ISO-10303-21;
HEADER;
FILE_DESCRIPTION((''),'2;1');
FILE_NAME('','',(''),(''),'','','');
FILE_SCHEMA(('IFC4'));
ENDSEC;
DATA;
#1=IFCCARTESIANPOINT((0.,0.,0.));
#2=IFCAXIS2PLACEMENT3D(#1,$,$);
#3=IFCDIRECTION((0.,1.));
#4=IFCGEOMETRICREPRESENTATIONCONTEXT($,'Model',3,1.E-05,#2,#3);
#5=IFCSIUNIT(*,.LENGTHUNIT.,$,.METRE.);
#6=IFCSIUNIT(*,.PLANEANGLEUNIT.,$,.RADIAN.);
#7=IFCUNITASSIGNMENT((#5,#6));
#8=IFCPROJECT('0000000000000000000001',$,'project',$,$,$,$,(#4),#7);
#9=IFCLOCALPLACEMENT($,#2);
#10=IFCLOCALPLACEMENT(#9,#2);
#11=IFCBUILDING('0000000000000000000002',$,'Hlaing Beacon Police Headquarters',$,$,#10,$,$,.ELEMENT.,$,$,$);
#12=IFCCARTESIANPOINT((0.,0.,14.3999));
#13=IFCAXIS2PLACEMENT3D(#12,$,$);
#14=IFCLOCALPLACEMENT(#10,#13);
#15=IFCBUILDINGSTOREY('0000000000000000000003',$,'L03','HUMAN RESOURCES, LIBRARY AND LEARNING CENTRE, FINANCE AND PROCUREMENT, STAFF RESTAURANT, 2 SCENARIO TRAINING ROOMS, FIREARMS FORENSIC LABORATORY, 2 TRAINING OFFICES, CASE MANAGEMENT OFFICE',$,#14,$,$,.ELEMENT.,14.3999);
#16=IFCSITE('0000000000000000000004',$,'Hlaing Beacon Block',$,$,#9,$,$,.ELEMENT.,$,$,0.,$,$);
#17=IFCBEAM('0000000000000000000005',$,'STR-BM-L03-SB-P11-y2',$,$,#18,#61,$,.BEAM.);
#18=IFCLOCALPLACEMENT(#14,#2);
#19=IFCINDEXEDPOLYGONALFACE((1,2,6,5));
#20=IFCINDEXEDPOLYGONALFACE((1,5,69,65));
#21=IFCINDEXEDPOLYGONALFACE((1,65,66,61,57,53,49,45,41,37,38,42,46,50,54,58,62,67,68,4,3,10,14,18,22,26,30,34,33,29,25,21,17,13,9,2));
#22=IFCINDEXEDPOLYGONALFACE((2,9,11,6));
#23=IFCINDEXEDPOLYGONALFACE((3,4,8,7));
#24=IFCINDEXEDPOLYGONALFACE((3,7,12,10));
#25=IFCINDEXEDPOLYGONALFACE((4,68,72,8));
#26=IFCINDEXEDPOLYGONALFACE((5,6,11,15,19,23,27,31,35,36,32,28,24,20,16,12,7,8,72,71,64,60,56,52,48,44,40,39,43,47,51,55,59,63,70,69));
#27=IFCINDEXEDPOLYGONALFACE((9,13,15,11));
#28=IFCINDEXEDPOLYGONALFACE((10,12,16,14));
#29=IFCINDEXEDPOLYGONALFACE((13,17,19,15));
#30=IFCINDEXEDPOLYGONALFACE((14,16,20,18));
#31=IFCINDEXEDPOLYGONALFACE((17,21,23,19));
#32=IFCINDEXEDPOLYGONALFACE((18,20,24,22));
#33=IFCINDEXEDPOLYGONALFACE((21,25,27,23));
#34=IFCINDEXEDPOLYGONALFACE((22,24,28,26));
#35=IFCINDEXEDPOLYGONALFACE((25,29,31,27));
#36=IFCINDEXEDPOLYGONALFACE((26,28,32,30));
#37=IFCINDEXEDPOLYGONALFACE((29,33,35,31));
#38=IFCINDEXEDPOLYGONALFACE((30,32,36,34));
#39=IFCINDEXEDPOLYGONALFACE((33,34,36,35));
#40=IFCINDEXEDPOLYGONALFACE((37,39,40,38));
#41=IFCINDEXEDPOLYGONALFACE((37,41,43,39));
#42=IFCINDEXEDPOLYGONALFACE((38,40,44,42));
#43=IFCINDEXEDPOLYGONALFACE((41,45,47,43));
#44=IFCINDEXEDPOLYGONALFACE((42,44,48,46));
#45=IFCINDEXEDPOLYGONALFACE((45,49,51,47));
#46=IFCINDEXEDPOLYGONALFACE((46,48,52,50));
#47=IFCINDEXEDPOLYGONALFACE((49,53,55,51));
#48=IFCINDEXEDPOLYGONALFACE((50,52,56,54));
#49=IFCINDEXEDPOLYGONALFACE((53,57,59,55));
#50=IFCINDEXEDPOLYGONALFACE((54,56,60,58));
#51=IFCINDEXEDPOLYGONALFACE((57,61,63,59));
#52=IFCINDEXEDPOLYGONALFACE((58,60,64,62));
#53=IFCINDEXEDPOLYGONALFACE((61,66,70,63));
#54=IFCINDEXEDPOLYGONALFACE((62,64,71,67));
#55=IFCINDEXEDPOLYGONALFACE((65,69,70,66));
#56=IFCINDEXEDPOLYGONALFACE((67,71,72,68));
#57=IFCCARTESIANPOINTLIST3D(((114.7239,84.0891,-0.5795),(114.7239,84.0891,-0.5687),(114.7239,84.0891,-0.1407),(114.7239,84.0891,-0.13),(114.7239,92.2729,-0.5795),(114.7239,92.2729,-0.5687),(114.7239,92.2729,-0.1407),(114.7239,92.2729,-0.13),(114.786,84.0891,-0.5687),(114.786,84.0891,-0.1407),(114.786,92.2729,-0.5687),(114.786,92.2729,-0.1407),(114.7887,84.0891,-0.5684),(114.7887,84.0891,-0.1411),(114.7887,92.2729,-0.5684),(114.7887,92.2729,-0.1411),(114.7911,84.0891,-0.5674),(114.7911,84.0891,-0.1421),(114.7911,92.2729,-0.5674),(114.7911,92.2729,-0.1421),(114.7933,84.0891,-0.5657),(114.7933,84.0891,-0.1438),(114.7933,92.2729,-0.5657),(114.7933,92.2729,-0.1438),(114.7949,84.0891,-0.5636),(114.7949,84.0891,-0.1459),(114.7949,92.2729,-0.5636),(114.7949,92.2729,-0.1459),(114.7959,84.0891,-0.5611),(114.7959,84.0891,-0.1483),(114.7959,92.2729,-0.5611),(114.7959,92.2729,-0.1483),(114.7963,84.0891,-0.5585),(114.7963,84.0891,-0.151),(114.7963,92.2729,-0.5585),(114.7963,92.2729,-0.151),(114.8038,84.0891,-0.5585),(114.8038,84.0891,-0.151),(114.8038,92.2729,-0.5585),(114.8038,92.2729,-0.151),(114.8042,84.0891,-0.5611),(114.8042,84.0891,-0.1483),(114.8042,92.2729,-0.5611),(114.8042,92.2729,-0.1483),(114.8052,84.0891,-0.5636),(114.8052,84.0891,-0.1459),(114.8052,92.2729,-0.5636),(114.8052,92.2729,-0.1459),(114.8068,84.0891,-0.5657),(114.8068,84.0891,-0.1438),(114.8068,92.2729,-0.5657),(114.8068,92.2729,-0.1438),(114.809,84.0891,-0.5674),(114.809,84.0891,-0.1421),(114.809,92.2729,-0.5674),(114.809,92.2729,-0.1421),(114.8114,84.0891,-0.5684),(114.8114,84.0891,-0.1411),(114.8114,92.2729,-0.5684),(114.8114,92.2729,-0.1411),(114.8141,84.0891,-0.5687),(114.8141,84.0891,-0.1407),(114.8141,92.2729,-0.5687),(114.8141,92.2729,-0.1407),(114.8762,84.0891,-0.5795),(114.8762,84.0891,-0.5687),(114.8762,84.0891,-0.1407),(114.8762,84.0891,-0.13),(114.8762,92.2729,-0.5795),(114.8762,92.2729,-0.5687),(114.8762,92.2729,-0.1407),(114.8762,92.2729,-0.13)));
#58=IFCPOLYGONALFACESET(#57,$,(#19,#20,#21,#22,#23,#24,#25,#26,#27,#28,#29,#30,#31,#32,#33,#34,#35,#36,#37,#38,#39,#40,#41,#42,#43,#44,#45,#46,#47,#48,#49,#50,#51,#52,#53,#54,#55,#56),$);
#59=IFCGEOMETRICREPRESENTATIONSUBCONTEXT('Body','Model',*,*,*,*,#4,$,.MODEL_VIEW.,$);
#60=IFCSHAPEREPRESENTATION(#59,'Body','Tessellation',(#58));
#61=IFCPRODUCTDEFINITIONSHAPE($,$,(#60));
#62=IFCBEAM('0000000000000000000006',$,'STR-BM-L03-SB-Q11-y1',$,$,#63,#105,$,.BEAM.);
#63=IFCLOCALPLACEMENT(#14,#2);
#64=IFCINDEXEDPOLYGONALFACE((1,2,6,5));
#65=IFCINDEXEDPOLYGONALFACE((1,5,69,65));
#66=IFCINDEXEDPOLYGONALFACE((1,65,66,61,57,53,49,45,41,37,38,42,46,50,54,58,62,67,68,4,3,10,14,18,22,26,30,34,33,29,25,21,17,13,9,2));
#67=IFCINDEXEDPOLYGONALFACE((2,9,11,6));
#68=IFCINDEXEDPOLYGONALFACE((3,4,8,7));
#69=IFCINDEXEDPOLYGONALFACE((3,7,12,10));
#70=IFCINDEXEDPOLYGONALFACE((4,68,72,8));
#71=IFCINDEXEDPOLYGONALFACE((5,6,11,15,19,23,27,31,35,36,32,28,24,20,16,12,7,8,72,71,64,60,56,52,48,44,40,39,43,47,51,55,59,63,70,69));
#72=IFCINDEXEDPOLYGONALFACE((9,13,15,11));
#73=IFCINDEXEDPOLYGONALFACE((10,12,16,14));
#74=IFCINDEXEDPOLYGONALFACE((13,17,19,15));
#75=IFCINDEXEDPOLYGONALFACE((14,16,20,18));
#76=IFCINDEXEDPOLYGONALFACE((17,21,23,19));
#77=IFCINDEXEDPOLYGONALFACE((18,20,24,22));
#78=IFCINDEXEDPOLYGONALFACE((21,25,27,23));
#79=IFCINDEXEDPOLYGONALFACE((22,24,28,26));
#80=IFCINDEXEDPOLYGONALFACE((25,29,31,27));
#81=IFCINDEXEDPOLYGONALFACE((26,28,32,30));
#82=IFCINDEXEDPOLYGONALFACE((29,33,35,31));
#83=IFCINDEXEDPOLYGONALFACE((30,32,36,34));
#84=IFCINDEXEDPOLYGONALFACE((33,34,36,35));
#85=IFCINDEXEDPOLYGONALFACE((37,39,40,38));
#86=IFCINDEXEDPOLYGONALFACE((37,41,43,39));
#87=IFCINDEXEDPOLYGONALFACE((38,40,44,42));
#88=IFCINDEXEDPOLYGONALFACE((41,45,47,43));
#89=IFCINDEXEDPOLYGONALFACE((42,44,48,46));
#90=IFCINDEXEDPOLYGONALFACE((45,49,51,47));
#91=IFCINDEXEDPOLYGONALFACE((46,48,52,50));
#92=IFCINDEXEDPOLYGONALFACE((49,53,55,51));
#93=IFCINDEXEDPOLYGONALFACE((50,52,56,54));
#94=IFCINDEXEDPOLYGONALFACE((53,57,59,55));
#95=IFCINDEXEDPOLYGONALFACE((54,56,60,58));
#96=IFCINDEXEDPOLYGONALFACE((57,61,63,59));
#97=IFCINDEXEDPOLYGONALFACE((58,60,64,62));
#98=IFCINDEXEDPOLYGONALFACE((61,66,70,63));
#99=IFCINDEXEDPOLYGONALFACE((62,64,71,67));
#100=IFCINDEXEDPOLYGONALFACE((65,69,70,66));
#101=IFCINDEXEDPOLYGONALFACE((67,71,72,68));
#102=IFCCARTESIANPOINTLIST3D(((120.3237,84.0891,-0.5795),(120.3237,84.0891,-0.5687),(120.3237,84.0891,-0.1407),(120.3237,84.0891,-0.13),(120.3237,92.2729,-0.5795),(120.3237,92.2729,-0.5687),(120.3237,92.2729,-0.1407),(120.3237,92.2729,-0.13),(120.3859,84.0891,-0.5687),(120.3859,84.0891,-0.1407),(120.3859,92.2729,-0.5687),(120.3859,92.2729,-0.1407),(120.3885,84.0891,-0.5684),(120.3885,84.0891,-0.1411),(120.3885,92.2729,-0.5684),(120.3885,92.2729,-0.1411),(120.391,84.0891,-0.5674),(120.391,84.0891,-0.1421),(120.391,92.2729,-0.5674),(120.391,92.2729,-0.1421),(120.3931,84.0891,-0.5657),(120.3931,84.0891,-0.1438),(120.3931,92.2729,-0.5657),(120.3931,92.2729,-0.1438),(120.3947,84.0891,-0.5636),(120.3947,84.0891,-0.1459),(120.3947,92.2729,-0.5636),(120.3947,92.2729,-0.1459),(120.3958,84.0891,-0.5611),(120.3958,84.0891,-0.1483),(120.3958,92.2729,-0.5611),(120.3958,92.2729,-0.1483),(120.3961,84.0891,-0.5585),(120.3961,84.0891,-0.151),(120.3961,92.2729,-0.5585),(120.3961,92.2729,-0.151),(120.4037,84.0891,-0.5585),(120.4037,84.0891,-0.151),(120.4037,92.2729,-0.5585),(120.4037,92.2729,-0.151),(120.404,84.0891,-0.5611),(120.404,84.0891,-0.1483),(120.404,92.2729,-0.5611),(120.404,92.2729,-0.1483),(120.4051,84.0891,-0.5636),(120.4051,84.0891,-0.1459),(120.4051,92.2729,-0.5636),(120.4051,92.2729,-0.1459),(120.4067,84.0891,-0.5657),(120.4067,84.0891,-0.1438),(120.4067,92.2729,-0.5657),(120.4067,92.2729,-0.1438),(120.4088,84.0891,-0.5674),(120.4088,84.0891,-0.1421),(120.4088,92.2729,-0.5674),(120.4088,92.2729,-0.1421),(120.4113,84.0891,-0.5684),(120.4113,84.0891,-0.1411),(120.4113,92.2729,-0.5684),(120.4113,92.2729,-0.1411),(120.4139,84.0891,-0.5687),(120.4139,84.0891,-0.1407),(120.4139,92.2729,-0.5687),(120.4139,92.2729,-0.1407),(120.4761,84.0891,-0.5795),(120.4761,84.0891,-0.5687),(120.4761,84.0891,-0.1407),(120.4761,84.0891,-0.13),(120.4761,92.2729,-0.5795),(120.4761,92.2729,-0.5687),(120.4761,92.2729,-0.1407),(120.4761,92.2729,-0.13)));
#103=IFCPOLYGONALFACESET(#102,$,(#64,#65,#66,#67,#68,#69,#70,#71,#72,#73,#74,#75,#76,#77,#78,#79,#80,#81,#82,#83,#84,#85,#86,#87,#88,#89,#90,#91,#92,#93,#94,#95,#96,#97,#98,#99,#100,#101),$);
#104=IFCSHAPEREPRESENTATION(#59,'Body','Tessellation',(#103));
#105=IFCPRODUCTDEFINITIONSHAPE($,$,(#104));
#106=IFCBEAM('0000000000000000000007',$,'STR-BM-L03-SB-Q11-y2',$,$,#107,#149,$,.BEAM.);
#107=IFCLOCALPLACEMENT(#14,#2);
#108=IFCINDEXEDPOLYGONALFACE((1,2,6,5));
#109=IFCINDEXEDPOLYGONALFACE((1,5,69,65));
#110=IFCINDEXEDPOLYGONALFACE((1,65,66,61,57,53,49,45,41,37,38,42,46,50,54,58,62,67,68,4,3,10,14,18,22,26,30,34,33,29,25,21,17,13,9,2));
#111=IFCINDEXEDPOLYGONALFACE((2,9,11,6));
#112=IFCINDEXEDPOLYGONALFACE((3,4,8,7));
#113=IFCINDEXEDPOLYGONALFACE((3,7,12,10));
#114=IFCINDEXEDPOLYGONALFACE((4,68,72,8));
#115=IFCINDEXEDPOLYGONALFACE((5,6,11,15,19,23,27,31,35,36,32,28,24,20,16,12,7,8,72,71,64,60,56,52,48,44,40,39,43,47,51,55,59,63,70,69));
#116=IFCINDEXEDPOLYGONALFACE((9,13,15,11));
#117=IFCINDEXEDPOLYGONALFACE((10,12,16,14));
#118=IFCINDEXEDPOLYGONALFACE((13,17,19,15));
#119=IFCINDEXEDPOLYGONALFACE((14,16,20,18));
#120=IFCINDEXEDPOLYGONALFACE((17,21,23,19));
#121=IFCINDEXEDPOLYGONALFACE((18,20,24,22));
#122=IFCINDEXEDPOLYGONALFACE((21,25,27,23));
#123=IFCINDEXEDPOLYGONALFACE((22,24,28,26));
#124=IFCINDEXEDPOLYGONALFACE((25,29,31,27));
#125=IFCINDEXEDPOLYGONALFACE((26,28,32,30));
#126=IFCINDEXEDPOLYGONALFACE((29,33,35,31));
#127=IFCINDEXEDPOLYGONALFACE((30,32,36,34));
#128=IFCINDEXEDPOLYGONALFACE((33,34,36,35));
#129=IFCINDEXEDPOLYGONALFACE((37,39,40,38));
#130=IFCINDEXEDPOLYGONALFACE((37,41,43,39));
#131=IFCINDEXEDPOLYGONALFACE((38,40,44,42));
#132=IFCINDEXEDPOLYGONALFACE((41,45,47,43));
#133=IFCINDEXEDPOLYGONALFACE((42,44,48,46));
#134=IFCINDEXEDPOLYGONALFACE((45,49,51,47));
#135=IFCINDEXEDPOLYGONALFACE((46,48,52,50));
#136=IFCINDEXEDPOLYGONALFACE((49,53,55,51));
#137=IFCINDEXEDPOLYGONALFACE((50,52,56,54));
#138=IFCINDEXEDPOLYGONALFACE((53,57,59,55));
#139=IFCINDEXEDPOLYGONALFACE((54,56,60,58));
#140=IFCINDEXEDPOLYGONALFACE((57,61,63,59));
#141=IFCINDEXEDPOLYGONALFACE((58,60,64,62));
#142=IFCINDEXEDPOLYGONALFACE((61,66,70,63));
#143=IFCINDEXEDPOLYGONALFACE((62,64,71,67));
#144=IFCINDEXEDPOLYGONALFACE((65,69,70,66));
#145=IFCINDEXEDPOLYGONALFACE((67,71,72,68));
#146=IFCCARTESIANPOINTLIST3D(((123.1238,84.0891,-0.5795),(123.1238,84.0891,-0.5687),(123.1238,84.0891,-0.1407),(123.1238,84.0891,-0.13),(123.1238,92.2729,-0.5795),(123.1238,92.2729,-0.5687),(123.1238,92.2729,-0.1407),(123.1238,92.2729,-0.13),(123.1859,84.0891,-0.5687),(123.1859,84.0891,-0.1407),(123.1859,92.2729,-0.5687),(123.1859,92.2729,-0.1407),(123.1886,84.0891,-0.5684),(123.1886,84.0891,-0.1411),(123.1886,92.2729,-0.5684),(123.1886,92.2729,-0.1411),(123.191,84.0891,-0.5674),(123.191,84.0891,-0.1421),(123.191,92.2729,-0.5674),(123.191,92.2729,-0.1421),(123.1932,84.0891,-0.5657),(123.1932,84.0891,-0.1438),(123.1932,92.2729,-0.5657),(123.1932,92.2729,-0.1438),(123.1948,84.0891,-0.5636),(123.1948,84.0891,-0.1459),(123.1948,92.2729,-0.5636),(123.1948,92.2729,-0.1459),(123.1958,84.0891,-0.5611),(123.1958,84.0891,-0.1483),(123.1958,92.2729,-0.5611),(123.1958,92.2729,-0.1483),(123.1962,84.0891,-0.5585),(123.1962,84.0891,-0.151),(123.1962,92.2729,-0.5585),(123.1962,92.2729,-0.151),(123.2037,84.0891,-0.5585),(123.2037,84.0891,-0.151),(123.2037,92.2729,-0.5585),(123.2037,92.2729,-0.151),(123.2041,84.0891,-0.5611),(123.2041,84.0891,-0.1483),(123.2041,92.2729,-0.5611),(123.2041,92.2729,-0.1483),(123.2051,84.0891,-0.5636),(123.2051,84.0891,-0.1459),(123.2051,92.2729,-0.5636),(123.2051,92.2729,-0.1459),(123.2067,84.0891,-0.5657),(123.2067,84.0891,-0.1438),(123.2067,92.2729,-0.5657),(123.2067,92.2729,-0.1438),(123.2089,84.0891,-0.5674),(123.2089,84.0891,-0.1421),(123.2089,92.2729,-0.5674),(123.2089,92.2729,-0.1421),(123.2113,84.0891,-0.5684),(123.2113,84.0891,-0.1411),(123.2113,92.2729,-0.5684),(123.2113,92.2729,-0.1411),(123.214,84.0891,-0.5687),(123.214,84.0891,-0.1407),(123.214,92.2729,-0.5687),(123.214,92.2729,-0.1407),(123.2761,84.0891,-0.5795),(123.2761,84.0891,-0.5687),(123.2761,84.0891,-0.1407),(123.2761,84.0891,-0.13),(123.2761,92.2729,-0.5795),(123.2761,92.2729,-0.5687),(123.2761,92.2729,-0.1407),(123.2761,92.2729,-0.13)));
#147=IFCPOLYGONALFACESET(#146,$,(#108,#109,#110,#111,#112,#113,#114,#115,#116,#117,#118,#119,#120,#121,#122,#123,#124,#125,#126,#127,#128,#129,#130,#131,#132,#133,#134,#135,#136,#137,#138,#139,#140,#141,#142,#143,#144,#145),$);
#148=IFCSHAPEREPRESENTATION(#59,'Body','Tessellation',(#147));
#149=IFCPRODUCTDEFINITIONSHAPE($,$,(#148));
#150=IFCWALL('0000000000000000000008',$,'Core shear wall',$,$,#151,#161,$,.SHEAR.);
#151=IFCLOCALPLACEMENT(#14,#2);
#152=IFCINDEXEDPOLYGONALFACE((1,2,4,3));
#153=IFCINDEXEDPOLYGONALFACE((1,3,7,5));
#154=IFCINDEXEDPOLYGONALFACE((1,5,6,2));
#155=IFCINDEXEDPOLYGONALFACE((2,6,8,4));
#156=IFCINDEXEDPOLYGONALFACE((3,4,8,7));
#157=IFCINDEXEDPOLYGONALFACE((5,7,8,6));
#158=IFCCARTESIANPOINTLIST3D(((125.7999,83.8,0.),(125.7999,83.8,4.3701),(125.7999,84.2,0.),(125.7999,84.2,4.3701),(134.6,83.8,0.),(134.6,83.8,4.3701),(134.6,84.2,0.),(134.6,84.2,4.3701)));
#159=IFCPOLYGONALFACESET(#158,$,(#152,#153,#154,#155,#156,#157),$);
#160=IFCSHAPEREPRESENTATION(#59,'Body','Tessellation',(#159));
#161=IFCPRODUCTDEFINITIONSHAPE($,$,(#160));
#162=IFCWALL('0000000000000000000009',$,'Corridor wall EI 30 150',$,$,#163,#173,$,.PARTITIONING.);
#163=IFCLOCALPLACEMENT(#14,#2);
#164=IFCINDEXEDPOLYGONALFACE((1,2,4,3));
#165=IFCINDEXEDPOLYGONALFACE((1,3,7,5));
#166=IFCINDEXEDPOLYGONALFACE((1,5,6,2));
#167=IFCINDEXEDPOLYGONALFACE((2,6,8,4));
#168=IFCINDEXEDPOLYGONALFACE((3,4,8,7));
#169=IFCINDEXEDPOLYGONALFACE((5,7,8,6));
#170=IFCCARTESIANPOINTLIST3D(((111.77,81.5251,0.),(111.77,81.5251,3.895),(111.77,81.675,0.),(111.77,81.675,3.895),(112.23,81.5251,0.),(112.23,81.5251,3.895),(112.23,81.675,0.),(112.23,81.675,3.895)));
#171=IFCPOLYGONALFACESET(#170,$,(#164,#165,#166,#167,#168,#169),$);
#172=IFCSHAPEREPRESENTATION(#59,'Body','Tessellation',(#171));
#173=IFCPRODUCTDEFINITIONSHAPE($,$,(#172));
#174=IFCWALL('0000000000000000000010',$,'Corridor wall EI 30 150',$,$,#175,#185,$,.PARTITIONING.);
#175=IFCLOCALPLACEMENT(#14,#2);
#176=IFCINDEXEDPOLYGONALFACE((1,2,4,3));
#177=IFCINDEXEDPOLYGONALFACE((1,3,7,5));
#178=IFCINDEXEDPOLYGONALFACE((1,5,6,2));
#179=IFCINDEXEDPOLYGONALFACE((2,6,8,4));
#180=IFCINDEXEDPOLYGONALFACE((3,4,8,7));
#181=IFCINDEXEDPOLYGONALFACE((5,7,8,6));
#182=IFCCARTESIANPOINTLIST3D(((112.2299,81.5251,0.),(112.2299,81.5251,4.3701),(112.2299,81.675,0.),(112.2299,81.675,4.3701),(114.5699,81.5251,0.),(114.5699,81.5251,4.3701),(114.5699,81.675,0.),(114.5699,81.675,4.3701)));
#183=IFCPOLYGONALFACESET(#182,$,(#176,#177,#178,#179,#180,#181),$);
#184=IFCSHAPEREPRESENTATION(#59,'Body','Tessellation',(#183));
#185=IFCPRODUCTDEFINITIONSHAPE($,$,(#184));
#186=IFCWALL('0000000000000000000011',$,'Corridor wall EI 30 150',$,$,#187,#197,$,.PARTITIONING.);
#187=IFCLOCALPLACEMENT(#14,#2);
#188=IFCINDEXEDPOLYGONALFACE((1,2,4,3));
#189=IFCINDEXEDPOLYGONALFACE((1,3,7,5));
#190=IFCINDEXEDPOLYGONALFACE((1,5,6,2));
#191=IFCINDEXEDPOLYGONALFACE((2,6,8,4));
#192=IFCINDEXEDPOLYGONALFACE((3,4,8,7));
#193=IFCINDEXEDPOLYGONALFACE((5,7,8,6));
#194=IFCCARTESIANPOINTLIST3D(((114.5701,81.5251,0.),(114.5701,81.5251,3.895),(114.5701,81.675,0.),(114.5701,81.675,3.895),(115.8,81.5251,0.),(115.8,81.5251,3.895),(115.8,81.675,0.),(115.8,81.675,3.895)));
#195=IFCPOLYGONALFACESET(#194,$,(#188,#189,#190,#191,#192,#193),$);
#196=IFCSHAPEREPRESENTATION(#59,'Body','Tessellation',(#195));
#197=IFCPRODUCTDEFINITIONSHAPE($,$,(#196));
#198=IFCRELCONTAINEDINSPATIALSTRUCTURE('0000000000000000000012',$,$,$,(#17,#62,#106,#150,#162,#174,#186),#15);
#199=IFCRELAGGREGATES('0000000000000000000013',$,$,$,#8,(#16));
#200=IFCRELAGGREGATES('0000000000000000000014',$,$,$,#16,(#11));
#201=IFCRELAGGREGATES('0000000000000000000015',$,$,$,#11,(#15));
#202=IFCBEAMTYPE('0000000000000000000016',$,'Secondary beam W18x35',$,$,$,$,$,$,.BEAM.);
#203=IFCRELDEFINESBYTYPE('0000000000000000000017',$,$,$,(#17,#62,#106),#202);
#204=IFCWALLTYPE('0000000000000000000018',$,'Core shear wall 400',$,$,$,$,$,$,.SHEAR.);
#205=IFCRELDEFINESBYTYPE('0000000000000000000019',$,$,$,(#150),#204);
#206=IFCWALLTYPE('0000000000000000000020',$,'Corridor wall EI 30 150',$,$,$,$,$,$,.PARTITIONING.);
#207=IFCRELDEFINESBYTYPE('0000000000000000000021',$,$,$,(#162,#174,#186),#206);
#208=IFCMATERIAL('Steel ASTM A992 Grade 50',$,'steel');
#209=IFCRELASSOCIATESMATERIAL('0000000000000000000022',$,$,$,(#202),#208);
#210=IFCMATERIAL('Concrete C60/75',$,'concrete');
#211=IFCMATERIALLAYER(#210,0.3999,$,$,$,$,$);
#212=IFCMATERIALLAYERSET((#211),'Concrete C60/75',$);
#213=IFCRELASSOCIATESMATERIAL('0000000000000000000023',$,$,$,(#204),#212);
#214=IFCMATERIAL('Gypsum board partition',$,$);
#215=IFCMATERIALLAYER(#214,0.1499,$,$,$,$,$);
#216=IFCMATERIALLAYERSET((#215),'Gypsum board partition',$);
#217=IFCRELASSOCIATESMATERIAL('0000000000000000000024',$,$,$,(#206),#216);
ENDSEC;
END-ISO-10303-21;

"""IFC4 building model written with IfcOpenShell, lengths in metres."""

from ifc_helpers import new_model, si_unit, direction, frame, frame_2d, origin, origin_2d, place, context, subcontext, project, spatial, rectangle, i_section, extrude, material, layer, layer_set, material_profile, profile_set, type_object, element, save


model = new_model("IFC4")

# Units and contexts
model_context = context("Model", 3, precision=1e-05, world=origin(), true_north=direction((0.0, 1.0)))
body_context = subcontext(model_context, "Body", "Model", "MODEL_VIEW")
ifc_project = project(units=[si_unit("LENGTHUNIT", "METRE"), si_unit("PLANEANGLEUNIT", "RADIAN")], contexts=[model_context])

# Site, building, storey
site_placement = place(None, origin())
site = spatial("IfcSite", under=ifc_project, at=site_placement, Name="Hlaing Beacon Block", CompositionType="ELEMENT", RefElevation=0.0)
building_placement = place(site_placement, origin())
building = spatial("IfcBuilding", under=site, at=building_placement, Name="Hlaing Beacon Police Headquarters", CompositionType="ELEMENT")
storey_placement = place(building_placement, frame((0.0, 0.0, 14.3999)))
storey = spatial("IfcBuildingStorey", under=building, at=storey_placement, Name="L03", Description="HUMAN RESOURCES, LIBRARY AND LEARNING CENTRE, FINANCE AND PROCUREMENT, STAFF RESTAURANT, 2 SCENARIO TRAINING ROOMS, FIREARMS FORENSIC LABORATORY, 2 TRAINING OFFICES, CASE MANAGEMENT OFFICE", CompositionType="ELEMENT", Elevation=14.3999)

# Beams
ifc_material_1 = material(Name="Steel ASTM A992 Grade 50", Category="steel")
ifc_material_profile_1 = material_profile(ifc_material_1, i_section(OverallWidth=0.1523, OverallDepth=0.4495, WebThickness=0.0076, FlangeThickness=0.0107, FilletRadius=0.0103, at=origin_2d()), Name="W18x35")
ifc_profile_set_1 = profile_set([ifc_material_profile_1], Name="Steel ASTM A992 Grade 50")
beam_type_1 = type_object("IfcBeamType", Name="Secondary beam W18x35", PredefinedType="BEAM", material=ifc_profile_set_1)
for number, where, z_axis, x_axis, name in (
    (1, (114.8, 84.0891, -0.3547), (0.0, 1.0, 0.0), (-1.0, 0.0, 0.0), "STR-BM-L03-SB-P11-y2"),
    (2, (120.3999, 84.0891, -0.3547), (0.0, 1.0, 0.0), (-1.0, 0.0, 0.0), "STR-BM-L03-SB-Q11-y1"),
    (3, (123.2, 84.0891, -0.3547), (0.0, 1.0, 0.0), (-1.0, 0.0, 0.0), "STR-BM-L03-SB-Q11-y2"),
):
    element("IfcBeam", number, at=place(storey_placement, frame(where, z_axis=z_axis, x_axis=x_axis)), inside=storey, type_object=beam_type_1, Name=name, PredefinedType="BEAM", context=body_context, shape_type="SweptSolid", body=[
        extrude(i_section(OverallWidth=0.1523, OverallDepth=0.4495, WebThickness=0.0076, FlangeThickness=0.0107, FilletRadius=0.0103, at=origin_2d()), origin(), (0.0, 0.0, 1.0), 8.1838),
    ])

# Walls
ifc_material_2 = material(Name="Concrete C60/75", Category="concrete")
ifc_layer_1 = layer(ifc_material_2, 0.3999)
ifc_layer_set_1 = layer_set([ifc_layer_1], Name="Concrete C60/75")
wall_type_1 = type_object("IfcWallType", Name="Core shear wall 400", PredefinedType="SHEAR", material=ifc_layer_set_1)
wall_1_placement = place(storey_placement, frame((125.8, 84.0, 0.0), z_axis=(0.0, 0.0, 1.0), x_axis=(1.0, 0.0, 0.0)))
element("IfcWall", 4, at=wall_1_placement, inside=storey, type_object=wall_type_1, Name="Core shear wall", PredefinedType="SHEAR", context=body_context, shape_type="SweptSolid", body=[
    extrude(rectangle(XDim=8.8, YDim=0.3999, at=frame_2d((4.3999, 0.0))), origin(), (0.0, 0.0, 1.0), 4.3701),
])
ifc_material_3 = material(Name="Gypsum board partition")
ifc_layer_2 = layer(ifc_material_3, 0.1499)
ifc_layer_set_2 = layer_set([ifc_layer_2], Name="Gypsum board partition")
wall_type_2 = type_object("IfcWallType", Name="Corridor wall EI 30 150", PredefinedType="PARTITIONING", material=ifc_layer_set_2)
wall_2_placement = place(storey_placement, frame((111.77, 81.6001, 0.0), z_axis=(0.0, 0.0, 1.0), x_axis=(1.0, 0.0, 0.0)))
element("IfcWall", 5, at=wall_2_placement, inside=storey, type_object=wall_type_2, Name="Corridor wall EI 30 150", PredefinedType="PARTITIONING", context=body_context, shape_type="SweptSolid", body=[
    extrude(rectangle(XDim=0.46, YDim=0.1499, at=frame_2d((0.23, 0.0))), origin(), (0.0, 0.0, 1.0), 3.895),
])
wall_3_placement = place(storey_placement, frame((112.23, 81.6001, 0.0), z_axis=(0.0, 0.0, 1.0), x_axis=(1.0, 0.0, 0.0)))
element("IfcWall", 6, at=wall_3_placement, inside=storey, type_object=wall_type_2, Name="Corridor wall EI 30 150", PredefinedType="PARTITIONING", context=body_context, shape_type="SweptSolid", body=[
    extrude(rectangle(XDim=2.3401, YDim=0.1499, at=frame_2d((1.1699, 0.0))), origin(), (0.0, 0.0, 1.0), 4.3701),
])
wall_4_placement = place(storey_placement, frame((114.5701, 81.6001, 0.0), z_axis=(0.0, 0.0, 1.0), x_axis=(1.0, 0.0, 0.0)))
element("IfcWall", 7, at=wall_4_placement, inside=storey, type_object=wall_type_2, Name="Corridor wall EI 30 150", PredefinedType="PARTITIONING", context=body_context, shape_type="SweptSolid", body=[
    extrude(rectangle(XDim=1.23, YDim=0.1499, at=frame_2d((0.615, 0.0))), origin(), (0.0, 0.0, 1.0), 3.895),
])

save(model, "model.ifc")
